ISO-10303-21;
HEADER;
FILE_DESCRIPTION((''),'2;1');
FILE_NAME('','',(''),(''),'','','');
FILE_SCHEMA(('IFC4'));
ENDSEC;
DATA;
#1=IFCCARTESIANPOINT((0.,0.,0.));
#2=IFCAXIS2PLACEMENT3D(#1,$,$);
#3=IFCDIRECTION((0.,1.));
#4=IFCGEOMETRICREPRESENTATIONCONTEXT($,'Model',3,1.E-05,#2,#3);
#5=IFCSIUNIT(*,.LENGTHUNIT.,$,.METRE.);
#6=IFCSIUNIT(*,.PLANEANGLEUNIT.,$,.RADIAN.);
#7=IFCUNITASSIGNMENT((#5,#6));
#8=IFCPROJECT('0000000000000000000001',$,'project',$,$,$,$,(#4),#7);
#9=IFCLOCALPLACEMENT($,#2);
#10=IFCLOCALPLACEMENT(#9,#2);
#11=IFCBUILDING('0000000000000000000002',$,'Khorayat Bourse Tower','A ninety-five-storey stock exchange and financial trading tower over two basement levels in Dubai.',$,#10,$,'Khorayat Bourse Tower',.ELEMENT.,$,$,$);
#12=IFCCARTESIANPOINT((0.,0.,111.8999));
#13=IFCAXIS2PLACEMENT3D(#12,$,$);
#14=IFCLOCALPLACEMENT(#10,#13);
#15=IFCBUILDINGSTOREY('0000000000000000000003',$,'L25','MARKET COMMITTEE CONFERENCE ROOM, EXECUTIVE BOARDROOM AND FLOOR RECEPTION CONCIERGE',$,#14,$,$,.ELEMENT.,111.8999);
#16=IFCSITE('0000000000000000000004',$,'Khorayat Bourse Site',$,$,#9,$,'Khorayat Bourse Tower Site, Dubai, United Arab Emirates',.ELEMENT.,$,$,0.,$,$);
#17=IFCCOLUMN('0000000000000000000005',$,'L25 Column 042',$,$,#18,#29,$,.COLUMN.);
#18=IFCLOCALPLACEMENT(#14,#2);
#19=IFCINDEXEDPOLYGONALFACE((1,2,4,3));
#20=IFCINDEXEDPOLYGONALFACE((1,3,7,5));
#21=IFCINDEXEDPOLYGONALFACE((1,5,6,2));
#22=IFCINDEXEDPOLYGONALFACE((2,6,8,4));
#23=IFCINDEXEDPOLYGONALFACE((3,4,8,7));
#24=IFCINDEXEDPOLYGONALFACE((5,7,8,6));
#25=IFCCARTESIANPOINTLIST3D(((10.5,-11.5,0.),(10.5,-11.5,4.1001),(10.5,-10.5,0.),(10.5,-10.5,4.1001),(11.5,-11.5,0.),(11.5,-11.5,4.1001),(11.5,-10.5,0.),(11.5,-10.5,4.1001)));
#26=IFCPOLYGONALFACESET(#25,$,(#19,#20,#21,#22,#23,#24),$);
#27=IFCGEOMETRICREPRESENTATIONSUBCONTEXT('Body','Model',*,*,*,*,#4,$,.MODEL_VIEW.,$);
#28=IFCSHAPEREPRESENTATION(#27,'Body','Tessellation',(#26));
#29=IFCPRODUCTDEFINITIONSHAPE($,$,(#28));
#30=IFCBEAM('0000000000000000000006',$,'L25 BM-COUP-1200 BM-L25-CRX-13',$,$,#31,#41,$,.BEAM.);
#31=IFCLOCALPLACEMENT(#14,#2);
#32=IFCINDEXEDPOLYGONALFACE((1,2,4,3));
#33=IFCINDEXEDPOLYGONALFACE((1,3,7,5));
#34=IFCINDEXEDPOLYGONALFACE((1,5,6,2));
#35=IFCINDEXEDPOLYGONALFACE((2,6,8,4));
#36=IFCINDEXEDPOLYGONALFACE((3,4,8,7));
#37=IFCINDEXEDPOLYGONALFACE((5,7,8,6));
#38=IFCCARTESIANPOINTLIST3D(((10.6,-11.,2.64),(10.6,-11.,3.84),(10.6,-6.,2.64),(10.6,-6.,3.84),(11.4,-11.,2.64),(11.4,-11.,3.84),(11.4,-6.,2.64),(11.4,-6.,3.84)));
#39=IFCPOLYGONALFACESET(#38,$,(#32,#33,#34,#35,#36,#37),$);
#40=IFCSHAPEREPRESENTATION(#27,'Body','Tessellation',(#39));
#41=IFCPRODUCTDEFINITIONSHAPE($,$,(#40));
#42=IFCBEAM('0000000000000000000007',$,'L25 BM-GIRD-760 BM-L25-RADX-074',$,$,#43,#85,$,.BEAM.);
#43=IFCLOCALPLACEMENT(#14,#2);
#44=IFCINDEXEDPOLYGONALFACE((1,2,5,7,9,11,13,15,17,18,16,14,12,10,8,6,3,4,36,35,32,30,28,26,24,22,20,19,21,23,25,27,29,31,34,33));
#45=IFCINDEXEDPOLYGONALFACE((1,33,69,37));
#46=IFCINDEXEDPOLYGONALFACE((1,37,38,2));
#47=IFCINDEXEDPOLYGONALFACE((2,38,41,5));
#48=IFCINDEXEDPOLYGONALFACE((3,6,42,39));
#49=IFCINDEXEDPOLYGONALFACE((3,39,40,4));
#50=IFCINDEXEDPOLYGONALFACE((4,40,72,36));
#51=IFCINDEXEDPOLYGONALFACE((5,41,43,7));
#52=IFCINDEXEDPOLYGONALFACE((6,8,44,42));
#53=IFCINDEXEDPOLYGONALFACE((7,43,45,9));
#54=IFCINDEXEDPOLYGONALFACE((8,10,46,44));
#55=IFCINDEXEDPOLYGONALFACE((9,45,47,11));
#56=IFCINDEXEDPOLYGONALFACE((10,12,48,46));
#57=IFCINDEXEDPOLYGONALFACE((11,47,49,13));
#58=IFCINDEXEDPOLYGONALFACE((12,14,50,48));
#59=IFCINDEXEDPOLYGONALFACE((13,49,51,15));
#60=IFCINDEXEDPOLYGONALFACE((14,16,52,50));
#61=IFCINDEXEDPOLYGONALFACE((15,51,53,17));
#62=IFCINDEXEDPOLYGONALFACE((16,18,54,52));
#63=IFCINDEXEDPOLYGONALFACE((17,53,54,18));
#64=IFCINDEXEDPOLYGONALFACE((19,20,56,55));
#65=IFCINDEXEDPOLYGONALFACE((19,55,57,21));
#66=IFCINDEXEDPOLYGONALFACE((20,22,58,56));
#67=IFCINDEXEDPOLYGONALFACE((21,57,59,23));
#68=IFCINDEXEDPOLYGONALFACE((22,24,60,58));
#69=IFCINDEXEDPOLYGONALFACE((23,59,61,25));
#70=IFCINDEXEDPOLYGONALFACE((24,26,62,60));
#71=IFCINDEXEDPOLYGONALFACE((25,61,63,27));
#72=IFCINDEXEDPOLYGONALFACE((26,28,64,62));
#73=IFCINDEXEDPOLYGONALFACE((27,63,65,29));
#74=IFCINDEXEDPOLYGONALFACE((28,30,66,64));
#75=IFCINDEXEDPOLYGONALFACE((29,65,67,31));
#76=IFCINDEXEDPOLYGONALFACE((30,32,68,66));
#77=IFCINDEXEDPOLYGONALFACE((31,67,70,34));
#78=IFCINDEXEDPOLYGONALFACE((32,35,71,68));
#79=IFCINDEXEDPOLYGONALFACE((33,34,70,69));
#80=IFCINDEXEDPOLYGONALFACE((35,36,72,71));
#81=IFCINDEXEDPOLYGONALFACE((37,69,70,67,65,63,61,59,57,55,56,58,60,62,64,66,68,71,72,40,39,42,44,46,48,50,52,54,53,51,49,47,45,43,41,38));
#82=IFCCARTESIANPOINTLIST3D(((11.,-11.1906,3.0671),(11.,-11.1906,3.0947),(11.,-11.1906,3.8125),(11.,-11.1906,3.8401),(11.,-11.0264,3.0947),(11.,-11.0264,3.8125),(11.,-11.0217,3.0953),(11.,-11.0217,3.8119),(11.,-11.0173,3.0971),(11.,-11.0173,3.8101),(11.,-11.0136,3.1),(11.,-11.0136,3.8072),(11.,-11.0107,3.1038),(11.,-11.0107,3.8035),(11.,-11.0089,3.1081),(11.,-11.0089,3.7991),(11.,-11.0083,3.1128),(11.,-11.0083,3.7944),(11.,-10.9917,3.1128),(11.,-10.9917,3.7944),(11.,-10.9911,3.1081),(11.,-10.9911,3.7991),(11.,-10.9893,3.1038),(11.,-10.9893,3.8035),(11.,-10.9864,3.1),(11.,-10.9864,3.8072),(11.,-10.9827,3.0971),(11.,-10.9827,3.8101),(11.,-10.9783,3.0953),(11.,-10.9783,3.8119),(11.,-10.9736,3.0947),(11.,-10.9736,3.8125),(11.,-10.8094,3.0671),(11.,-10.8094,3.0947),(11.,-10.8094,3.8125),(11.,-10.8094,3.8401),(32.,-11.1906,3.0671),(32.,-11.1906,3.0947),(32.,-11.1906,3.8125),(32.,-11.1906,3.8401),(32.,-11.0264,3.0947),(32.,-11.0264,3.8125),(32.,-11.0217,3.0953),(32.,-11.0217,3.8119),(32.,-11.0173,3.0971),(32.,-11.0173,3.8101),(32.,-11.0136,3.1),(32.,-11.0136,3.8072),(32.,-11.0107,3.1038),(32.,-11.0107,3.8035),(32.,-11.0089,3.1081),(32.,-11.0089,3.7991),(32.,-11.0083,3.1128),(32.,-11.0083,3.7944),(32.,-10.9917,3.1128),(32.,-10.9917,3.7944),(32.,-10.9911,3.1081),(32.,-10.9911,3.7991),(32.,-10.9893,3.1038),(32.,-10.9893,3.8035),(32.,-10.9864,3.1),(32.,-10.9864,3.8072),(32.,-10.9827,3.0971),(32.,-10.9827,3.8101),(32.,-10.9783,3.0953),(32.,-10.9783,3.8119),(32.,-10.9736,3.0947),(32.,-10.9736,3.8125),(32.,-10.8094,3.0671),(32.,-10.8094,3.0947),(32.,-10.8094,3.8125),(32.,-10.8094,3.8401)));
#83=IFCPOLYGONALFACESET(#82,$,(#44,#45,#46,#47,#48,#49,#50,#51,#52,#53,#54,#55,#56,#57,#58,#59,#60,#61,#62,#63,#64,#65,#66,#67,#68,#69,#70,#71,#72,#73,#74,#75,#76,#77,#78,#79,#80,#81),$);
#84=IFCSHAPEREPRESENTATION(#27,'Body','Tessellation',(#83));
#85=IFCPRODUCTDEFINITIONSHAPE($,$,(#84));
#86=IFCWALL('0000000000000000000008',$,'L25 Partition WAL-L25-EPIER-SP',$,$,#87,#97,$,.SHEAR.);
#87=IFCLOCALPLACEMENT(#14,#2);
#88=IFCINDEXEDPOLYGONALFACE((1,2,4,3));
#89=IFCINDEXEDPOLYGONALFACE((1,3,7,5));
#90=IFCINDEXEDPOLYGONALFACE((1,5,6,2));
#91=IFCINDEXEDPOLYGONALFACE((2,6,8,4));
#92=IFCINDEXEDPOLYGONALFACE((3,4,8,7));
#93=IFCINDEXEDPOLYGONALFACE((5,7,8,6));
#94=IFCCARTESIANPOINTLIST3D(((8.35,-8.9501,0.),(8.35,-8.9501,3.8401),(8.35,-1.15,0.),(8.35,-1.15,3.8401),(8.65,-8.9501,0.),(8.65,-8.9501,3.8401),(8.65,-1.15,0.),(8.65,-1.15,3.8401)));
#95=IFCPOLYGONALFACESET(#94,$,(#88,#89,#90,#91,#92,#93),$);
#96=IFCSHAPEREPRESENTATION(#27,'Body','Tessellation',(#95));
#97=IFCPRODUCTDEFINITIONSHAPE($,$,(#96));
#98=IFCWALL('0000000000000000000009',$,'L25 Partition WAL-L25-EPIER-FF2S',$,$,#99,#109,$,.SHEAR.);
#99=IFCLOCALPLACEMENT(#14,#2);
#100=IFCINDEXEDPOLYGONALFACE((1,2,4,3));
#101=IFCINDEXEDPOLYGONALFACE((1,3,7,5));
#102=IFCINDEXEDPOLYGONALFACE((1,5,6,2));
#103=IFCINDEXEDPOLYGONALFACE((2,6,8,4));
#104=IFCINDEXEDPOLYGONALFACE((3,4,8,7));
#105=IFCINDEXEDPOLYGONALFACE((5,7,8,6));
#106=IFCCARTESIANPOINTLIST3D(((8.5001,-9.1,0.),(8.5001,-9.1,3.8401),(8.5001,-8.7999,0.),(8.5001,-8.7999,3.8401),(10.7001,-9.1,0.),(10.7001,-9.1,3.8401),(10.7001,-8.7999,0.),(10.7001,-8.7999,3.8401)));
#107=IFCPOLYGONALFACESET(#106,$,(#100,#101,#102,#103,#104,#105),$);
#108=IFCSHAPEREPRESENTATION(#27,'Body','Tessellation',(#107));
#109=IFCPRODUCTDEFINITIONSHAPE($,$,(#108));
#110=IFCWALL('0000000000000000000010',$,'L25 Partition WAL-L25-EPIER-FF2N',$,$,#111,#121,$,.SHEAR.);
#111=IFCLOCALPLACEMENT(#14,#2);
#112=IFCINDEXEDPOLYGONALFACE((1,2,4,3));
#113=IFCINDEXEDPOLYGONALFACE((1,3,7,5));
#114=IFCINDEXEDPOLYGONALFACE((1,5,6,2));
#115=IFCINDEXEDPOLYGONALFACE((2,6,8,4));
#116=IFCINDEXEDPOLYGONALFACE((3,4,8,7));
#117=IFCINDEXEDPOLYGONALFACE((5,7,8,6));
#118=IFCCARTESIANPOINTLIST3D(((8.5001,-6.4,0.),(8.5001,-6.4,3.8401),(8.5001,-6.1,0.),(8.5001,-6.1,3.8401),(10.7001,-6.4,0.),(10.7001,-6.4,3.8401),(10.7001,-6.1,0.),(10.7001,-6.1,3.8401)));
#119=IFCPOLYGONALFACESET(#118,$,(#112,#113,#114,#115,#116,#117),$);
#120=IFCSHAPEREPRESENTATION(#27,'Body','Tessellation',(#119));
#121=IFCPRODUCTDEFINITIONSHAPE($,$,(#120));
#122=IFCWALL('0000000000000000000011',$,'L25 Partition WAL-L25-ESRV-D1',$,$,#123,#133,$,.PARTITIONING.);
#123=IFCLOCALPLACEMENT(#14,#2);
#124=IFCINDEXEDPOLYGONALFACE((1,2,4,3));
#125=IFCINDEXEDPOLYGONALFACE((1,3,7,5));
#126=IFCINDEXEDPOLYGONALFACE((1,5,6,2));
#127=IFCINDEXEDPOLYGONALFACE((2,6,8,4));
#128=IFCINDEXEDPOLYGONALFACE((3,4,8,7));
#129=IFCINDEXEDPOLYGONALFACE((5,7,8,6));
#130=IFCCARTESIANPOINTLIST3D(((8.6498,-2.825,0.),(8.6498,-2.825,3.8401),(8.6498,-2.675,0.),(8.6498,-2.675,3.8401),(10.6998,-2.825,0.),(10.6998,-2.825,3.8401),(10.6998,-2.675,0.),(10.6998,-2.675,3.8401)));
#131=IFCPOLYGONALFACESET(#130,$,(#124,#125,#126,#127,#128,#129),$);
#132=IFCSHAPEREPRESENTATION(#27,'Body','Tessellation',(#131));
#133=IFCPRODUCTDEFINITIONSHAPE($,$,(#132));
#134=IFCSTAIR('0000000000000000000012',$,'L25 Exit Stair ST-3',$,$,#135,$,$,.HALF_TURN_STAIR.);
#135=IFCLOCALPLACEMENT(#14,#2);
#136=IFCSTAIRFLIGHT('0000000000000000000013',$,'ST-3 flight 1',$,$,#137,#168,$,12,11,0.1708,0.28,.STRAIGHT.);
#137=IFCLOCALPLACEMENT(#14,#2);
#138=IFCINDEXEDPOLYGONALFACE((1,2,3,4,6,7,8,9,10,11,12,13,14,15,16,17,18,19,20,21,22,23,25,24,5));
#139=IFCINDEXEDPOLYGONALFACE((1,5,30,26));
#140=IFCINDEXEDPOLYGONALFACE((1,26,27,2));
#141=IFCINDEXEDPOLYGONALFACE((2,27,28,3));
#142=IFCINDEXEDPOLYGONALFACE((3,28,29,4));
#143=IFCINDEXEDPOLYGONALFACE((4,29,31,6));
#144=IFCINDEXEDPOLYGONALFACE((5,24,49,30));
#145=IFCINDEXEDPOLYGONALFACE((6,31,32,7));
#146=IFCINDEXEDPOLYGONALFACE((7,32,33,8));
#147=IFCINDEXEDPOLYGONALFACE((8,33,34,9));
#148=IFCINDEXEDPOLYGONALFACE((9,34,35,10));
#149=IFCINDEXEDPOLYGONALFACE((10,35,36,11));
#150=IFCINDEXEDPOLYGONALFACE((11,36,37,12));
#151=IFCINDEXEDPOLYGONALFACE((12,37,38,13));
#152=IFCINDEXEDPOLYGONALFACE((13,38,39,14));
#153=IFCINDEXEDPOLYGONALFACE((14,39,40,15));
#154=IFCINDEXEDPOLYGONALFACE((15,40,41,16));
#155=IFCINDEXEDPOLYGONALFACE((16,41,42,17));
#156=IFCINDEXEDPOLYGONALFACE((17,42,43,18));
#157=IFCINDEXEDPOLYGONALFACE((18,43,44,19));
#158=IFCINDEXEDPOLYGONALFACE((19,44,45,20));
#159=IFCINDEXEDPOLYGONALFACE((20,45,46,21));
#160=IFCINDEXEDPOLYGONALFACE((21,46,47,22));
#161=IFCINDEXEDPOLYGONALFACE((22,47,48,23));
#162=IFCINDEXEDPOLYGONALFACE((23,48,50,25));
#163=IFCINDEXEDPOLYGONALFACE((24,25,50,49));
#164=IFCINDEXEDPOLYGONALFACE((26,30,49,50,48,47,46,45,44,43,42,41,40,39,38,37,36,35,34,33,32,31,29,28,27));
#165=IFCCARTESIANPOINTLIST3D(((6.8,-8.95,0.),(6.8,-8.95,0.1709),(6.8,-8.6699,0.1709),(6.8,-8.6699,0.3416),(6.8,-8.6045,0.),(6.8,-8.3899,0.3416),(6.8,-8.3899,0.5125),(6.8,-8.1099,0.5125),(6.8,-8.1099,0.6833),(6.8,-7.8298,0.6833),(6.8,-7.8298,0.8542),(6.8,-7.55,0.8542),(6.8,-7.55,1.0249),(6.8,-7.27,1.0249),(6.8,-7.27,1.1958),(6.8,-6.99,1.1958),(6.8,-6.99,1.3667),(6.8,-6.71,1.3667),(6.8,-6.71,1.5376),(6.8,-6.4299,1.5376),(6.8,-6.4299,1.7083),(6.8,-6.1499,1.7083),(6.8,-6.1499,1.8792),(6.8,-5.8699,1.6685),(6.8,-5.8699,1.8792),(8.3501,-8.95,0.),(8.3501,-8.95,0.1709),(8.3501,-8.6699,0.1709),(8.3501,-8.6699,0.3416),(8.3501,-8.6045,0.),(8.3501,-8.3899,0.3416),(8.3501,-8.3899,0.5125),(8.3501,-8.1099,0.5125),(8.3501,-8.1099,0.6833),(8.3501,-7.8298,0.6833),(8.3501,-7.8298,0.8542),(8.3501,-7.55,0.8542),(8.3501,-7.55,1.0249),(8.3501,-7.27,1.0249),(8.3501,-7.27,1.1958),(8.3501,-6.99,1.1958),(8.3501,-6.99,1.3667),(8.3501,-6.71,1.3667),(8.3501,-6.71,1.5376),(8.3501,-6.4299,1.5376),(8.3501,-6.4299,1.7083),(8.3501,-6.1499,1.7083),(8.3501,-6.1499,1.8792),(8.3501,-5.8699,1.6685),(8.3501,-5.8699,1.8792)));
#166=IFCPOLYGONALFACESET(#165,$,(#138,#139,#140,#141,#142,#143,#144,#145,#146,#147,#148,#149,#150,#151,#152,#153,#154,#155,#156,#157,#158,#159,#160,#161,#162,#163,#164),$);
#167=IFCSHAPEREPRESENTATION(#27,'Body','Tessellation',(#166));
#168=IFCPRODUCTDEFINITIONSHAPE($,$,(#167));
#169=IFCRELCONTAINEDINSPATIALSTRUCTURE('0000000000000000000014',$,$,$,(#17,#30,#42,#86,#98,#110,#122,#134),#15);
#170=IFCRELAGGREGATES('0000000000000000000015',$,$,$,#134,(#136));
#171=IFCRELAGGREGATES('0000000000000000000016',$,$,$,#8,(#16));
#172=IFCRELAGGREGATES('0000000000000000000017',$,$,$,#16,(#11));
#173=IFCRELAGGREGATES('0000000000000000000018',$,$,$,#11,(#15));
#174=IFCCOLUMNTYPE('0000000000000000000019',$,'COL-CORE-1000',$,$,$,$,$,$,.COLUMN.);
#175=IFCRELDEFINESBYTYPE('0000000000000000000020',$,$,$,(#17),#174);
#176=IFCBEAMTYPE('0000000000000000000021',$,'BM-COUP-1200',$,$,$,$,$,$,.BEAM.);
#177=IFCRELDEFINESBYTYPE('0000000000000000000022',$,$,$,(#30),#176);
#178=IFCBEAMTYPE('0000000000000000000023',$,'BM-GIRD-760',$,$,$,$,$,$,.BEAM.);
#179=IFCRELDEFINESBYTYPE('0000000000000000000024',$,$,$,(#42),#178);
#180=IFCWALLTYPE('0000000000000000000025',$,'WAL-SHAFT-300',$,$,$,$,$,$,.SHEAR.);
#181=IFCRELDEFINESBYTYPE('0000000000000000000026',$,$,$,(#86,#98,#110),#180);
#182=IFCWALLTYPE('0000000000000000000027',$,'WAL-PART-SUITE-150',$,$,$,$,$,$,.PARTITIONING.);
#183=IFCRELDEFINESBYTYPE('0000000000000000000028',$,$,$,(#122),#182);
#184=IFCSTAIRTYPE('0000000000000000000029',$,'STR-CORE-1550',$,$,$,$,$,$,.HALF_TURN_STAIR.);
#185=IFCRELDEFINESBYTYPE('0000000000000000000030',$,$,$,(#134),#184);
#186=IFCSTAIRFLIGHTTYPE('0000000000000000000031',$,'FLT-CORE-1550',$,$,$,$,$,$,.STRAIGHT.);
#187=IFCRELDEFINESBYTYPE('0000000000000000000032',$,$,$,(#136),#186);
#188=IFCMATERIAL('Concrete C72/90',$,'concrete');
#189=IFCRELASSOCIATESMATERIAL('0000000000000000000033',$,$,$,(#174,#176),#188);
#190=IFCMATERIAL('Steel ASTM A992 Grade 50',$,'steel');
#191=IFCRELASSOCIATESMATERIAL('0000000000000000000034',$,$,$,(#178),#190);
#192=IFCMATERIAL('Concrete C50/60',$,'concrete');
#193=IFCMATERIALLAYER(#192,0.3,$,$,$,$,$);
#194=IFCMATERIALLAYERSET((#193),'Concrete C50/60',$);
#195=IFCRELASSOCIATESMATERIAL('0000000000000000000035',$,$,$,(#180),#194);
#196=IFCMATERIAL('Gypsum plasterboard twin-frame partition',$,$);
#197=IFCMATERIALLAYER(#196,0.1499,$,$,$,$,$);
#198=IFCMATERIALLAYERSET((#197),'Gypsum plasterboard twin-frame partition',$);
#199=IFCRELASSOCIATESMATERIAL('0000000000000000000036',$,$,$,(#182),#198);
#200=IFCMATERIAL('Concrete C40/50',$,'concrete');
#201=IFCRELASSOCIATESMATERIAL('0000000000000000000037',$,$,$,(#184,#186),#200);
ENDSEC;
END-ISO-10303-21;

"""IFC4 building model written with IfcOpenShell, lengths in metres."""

from ifc_helpers import new_model, si_unit, direction, frame, frame_2d, origin, origin_2d, place, context, subcontext, project, spatial, polyline, rectangle, i_section, outline, extrude, source, transform, mapped, material, layer, layer_set, material_profile, profile_set, type_object, element, aggregate, save


model = new_model("IFC4")

# Units and contexts
model_context = context("Model", 3, precision=1e-05, world=origin(), true_north=direction((0.0, 1.0)))
body_context = subcontext(model_context, "Body", "Model", "MODEL_VIEW")
ifc_project = project(units=[si_unit("LENGTHUNIT", "METRE"), si_unit("PLANEANGLEUNIT", "RADIAN")], contexts=[model_context])

# Site, building, storey
site_placement = place(None, origin())
site = spatial("IfcSite", under=ifc_project, at=site_placement, Name="Khorayat Bourse Site", LongName="Khorayat Bourse Tower Site, Dubai, United Arab Emirates", CompositionType="ELEMENT", RefElevation=0.0)
building_placement = place(site_placement, origin())
building = spatial("IfcBuilding", under=site, at=building_placement, Name="Khorayat Bourse Tower", Description="A ninety-five-storey stock exchange and financial trading tower over two basement levels in Dubai.", LongName="Khorayat Bourse Tower", CompositionType="ELEMENT")
storey_placement = place(building_placement, frame((0.0, 0.0, 111.8999)))
storey = spatial("IfcBuildingStorey", under=building, at=storey_placement, Name="L25", Description="MARKET COMMITTEE CONFERENCE ROOM, EXECUTIVE BOARDROOM AND FLOOR RECEPTION CONCIERGE", CompositionType="ELEMENT", Elevation=111.8999)

# Column
ifc_material_1 = material(Name="Concrete C72/90", Category="concrete")
ifc_material_profile_1 = material_profile(ifc_material_1, rectangle(XDim=1.0, YDim=1.0, at=origin_2d()), Name="RC 1000x1000")
ifc_profile_set_1 = profile_set([ifc_material_profile_1], Name="Concrete C72/90")
column_type = type_object("IfcColumnType", Name="COL-CORE-1000", PredefinedType="COLUMN", material=ifc_profile_set_1)
shared_shape_1 = source(origin(), body_context, "Body", "SweptSolid", [
    extrude(rectangle(XDim=1.0, YDim=1.0, at=origin_2d()), origin(), (0.0, 0.0, 1.0), 4.1001),
])
column_placement = place(storey_placement, frame((11.0, -11.0, 0.0), z_axis=(0.0, 0.0, 1.0), x_axis=(1.0, 0.0, 0.0)))
element("IfcColumn", 1, at=column_placement, inside=storey, type_object=column_type, Name="L25 Column 042", PredefinedType="COLUMN", context=body_context, shape_type="MappedRepresentation", body=[
    mapped(shared_shape_1, transform((0.0, 0.0, 0.0), scale=1.0)),
])

# Beams
ifc_material_profile_2 = material_profile(ifc_material_1, rectangle(XDim=0.8, YDim=1.2, at=origin_2d()), Name="RC 800x1200")
ifc_profile_set_2 = profile_set([ifc_material_profile_2], Name="Concrete C72/90")
beam_type_1 = type_object("IfcBeamType", Name="BM-COUP-1200", PredefinedType="BEAM", material=ifc_profile_set_2)
shared_shape_2 = source(origin(), body_context, "Body", "SweptSolid", [
    extrude(rectangle(XDim=0.8, YDim=1.2, at=origin_2d()), origin(), (0.0, 0.0, 1.0), 5.0),
])
beam_1_placement = place(storey_placement, frame((11.0, -11.0, 3.24), z_axis=(0.0, 1.0, 0.0), x_axis=(-1.0, 0.0, 0.0)))
element("IfcBeam", 2, at=beam_1_placement, inside=storey, type_object=beam_type_1, Name="L25 BM-COUP-1200 BM-L25-CRX-13", PredefinedType="BEAM", context=body_context, shape_type="MappedRepresentation", body=[
    mapped(shared_shape_2, transform((0.0, 0.0, 0.0), scale=1.0)),
])
ifc_material_2 = material(Name="Steel ASTM A992 Grade 50", Category="steel")
ifc_material_profile_3 = material_profile(ifc_material_2, i_section(OverallWidth=0.3811, OverallDepth=0.7729, WebThickness=0.0166, FlangeThickness=0.0276, FilletRadius=0.0181, at=origin_2d()), Name="W760X257")
ifc_profile_set_3 = profile_set([ifc_material_profile_3], Name="Steel ASTM A992 Grade 50")
beam_type_2 = type_object("IfcBeamType", Name="BM-GIRD-760", PredefinedType="BEAM", material=ifc_profile_set_3)
shared_shape_3 = source(origin(), body_context, "Body", "SweptSolid", [
    extrude(i_section(OverallWidth=0.3811, OverallDepth=0.7729, WebThickness=0.0166, FlangeThickness=0.0276, FilletRadius=0.0181, at=origin_2d()), origin(), (0.0, 0.0, 1.0), 21.0),
])
beam_2_placement = place(storey_placement, frame((11.0, -11.0, 3.4536), z_axis=(1.0, 0.0, 0.0), x_axis=(0.0, 1.0, 0.0)))
element("IfcBeam", 3, at=beam_2_placement, inside=storey, type_object=beam_type_2, Name="L25 BM-GIRD-760 BM-L25-RADX-074", PredefinedType="BEAM", context=body_context, shape_type="MappedRepresentation", body=[
    mapped(shared_shape_3, transform((0.0, 0.0, 0.0), scale=1.0)),
])

# Walls
ifc_material_3 = material(Name="Concrete C50/60", Category="concrete")
ifc_layer_1 = layer(ifc_material_3, 0.3)
ifc_layer_set_1 = layer_set([ifc_layer_1], Name="Concrete C50/60")
wall_type_1 = type_object("IfcWallType", Name="WAL-SHAFT-300", PredefinedType="SHEAR", material=ifc_layer_set_1)
shared_shape_4 = source(origin(), body_context, "Body", "SweptSolid", [
    extrude(rectangle(XDim=7.8, YDim=0.3, at=frame_2d((3.8999, 0.0))), origin(), (0.0, 0.0, 1.0), 3.8401),
])
wall_1_placement = place(storey_placement, frame((8.5, -8.95, 0.0), z_axis=(0.0, 0.0, 1.0), x_axis=(0.0, 1.0, 0.0)))
element("IfcWall", 4, at=wall_1_placement, inside=storey, type_object=wall_type_1, Name="L25 Partition WAL-L25-EPIER-SP", PredefinedType="SHEAR", context=body_context, shape_type="MappedRepresentation", body=[
    mapped(shared_shape_4, transform((0.0, 0.0, 0.0), scale=1.0)),
])
shared_shape_5 = source(origin(), body_context, "Body", "SweptSolid", [
    extrude(rectangle(XDim=2.2, YDim=0.3, at=frame_2d((1.1001, 0.0))), origin(), (0.0, 0.0, 1.0), 3.8401),
])
for number, where, z_axis, x_axis, name in (
    (5, (8.5, -8.95, 0.0), (0.0, 0.0, 1.0), (1.0, 0.0, 0.0), "L25 Partition WAL-L25-EPIER-FF2S"),
    (6, (8.5, -6.25, 0.0), (0.0, 0.0, 1.0), (1.0, 0.0, 0.0), "L25 Partition WAL-L25-EPIER-FF2N"),
):
    element("IfcWall", number, at=place(storey_placement, frame(where, z_axis=z_axis, x_axis=x_axis)), inside=storey, type_object=wall_type_1, Name=name, PredefinedType="SHEAR", context=body_context, shape_type="MappedRepresentation", body=[
        mapped(shared_shape_5, transform((0.0, 0.0, 0.0), scale=1.0)),
    ])
ifc_material_4 = material(Name="Gypsum plasterboard twin-frame partition")
ifc_layer_2 = layer(ifc_material_4, 0.1499)
ifc_layer_set_2 = layer_set([ifc_layer_2], Name="Gypsum plasterboard twin-frame partition")
wall_type_2 = type_object("IfcWallType", Name="WAL-PART-SUITE-150", PredefinedType="PARTITIONING", material=ifc_layer_set_2)
shared_shape_6 = source(origin(), body_context, "Body", "SweptSolid", [
    extrude(rectangle(XDim=2.05, YDim=0.1499, at=frame_2d((1.0249, 0.0))), origin(), (0.0, 0.0, 1.0), 3.8401),
])
wall_2_placement = place(storey_placement, frame((8.6499, -2.75, 0.0), z_axis=(0.0, 0.0, 1.0), x_axis=(1.0, 0.0, 0.0)))
element("IfcWall", 7, at=wall_2_placement, inside=storey, type_object=wall_type_2, Name="L25 Partition WAL-L25-ESRV-D1", PredefinedType="PARTITIONING", context=body_context, shape_type="MappedRepresentation", body=[
    mapped(shared_shape_6, transform((0.0, 0.0, 0.0), scale=1.0)),
])

# Stair, stair flight
ifc_material_5 = material(Name="Concrete C40/50", Category="concrete")
stair_type = type_object("IfcStairType", Name="STR-CORE-1550", PredefinedType="HALF_TURN_STAIR", material=ifc_material_5)
stair_placement = place(storey_placement, origin())
stair = element("IfcStair", 8, at=stair_placement, inside=storey, type_object=stair_type, Name="L25 Exit Stair ST-3", PredefinedType="HALF_TURN_STAIR")
stair_flight_type = type_object("IfcStairFlightType", Name="FLT-CORE-1550", PredefinedType="STRAIGHT", material=ifc_material_5)
shared_shape_7 = source(origin(), body_context, "Body", "SweptSolid", [
    extrude(outline(polyline([(0.0, 0.0), (0.0, 0.1709), (0.28, 0.1709), (0.28, 0.3416), (0.5601, 0.3416), (0.5601, 0.5125), (0.8401, 0.5125), (0.8401, 0.6833), (1.1201, 0.6833), (1.1201, 0.8542), (1.3999, 0.8542), (1.3999, 1.0249), (1.6799, 1.0249), (1.6799, 1.1958), (1.96, 1.1958), (1.96, 1.3667), (2.24, 1.3667), (2.24, 1.5376), (2.52, 1.5376), (2.52, 1.7083), (2.8, 1.7083), (2.8, 1.8792), (3.0801, 1.8792), (3.0801, 2.05), (3.0801, 1.6685), (0.3455, 0.0), (0.0, 0.0)])), frame((0.0, 0.7749, 0.0), z_axis=(0.0, -1.0, 0.0), x_axis=(1.0, 0.0, 0.0)), (0.0, 0.0, 1.0), 1.55),
])
stair_flight_placement = place(storey_placement, frame((7.575, -8.95, 0.0), z_axis=(0.0, 0.0, 1.0), x_axis=(0.0, 1.0, 0.0)))
stair_flight = element("IfcStairFlight", 9, at=stair_flight_placement, type_object=stair_flight_type, Name="ST-3 flight 1", NumberOfRisers=12, NumberOfTreads=11, PredefinedType="STRAIGHT", RiserHeight=0.1708, TreadLength=0.28, context=body_context, shape_type="MappedRepresentation", body=[
    mapped(shared_shape_7, transform((0.0, 0.0, 0.0), scale=1.0)),
])
aggregate(stair, [stair_flight])

save(model, "model.ifc")
